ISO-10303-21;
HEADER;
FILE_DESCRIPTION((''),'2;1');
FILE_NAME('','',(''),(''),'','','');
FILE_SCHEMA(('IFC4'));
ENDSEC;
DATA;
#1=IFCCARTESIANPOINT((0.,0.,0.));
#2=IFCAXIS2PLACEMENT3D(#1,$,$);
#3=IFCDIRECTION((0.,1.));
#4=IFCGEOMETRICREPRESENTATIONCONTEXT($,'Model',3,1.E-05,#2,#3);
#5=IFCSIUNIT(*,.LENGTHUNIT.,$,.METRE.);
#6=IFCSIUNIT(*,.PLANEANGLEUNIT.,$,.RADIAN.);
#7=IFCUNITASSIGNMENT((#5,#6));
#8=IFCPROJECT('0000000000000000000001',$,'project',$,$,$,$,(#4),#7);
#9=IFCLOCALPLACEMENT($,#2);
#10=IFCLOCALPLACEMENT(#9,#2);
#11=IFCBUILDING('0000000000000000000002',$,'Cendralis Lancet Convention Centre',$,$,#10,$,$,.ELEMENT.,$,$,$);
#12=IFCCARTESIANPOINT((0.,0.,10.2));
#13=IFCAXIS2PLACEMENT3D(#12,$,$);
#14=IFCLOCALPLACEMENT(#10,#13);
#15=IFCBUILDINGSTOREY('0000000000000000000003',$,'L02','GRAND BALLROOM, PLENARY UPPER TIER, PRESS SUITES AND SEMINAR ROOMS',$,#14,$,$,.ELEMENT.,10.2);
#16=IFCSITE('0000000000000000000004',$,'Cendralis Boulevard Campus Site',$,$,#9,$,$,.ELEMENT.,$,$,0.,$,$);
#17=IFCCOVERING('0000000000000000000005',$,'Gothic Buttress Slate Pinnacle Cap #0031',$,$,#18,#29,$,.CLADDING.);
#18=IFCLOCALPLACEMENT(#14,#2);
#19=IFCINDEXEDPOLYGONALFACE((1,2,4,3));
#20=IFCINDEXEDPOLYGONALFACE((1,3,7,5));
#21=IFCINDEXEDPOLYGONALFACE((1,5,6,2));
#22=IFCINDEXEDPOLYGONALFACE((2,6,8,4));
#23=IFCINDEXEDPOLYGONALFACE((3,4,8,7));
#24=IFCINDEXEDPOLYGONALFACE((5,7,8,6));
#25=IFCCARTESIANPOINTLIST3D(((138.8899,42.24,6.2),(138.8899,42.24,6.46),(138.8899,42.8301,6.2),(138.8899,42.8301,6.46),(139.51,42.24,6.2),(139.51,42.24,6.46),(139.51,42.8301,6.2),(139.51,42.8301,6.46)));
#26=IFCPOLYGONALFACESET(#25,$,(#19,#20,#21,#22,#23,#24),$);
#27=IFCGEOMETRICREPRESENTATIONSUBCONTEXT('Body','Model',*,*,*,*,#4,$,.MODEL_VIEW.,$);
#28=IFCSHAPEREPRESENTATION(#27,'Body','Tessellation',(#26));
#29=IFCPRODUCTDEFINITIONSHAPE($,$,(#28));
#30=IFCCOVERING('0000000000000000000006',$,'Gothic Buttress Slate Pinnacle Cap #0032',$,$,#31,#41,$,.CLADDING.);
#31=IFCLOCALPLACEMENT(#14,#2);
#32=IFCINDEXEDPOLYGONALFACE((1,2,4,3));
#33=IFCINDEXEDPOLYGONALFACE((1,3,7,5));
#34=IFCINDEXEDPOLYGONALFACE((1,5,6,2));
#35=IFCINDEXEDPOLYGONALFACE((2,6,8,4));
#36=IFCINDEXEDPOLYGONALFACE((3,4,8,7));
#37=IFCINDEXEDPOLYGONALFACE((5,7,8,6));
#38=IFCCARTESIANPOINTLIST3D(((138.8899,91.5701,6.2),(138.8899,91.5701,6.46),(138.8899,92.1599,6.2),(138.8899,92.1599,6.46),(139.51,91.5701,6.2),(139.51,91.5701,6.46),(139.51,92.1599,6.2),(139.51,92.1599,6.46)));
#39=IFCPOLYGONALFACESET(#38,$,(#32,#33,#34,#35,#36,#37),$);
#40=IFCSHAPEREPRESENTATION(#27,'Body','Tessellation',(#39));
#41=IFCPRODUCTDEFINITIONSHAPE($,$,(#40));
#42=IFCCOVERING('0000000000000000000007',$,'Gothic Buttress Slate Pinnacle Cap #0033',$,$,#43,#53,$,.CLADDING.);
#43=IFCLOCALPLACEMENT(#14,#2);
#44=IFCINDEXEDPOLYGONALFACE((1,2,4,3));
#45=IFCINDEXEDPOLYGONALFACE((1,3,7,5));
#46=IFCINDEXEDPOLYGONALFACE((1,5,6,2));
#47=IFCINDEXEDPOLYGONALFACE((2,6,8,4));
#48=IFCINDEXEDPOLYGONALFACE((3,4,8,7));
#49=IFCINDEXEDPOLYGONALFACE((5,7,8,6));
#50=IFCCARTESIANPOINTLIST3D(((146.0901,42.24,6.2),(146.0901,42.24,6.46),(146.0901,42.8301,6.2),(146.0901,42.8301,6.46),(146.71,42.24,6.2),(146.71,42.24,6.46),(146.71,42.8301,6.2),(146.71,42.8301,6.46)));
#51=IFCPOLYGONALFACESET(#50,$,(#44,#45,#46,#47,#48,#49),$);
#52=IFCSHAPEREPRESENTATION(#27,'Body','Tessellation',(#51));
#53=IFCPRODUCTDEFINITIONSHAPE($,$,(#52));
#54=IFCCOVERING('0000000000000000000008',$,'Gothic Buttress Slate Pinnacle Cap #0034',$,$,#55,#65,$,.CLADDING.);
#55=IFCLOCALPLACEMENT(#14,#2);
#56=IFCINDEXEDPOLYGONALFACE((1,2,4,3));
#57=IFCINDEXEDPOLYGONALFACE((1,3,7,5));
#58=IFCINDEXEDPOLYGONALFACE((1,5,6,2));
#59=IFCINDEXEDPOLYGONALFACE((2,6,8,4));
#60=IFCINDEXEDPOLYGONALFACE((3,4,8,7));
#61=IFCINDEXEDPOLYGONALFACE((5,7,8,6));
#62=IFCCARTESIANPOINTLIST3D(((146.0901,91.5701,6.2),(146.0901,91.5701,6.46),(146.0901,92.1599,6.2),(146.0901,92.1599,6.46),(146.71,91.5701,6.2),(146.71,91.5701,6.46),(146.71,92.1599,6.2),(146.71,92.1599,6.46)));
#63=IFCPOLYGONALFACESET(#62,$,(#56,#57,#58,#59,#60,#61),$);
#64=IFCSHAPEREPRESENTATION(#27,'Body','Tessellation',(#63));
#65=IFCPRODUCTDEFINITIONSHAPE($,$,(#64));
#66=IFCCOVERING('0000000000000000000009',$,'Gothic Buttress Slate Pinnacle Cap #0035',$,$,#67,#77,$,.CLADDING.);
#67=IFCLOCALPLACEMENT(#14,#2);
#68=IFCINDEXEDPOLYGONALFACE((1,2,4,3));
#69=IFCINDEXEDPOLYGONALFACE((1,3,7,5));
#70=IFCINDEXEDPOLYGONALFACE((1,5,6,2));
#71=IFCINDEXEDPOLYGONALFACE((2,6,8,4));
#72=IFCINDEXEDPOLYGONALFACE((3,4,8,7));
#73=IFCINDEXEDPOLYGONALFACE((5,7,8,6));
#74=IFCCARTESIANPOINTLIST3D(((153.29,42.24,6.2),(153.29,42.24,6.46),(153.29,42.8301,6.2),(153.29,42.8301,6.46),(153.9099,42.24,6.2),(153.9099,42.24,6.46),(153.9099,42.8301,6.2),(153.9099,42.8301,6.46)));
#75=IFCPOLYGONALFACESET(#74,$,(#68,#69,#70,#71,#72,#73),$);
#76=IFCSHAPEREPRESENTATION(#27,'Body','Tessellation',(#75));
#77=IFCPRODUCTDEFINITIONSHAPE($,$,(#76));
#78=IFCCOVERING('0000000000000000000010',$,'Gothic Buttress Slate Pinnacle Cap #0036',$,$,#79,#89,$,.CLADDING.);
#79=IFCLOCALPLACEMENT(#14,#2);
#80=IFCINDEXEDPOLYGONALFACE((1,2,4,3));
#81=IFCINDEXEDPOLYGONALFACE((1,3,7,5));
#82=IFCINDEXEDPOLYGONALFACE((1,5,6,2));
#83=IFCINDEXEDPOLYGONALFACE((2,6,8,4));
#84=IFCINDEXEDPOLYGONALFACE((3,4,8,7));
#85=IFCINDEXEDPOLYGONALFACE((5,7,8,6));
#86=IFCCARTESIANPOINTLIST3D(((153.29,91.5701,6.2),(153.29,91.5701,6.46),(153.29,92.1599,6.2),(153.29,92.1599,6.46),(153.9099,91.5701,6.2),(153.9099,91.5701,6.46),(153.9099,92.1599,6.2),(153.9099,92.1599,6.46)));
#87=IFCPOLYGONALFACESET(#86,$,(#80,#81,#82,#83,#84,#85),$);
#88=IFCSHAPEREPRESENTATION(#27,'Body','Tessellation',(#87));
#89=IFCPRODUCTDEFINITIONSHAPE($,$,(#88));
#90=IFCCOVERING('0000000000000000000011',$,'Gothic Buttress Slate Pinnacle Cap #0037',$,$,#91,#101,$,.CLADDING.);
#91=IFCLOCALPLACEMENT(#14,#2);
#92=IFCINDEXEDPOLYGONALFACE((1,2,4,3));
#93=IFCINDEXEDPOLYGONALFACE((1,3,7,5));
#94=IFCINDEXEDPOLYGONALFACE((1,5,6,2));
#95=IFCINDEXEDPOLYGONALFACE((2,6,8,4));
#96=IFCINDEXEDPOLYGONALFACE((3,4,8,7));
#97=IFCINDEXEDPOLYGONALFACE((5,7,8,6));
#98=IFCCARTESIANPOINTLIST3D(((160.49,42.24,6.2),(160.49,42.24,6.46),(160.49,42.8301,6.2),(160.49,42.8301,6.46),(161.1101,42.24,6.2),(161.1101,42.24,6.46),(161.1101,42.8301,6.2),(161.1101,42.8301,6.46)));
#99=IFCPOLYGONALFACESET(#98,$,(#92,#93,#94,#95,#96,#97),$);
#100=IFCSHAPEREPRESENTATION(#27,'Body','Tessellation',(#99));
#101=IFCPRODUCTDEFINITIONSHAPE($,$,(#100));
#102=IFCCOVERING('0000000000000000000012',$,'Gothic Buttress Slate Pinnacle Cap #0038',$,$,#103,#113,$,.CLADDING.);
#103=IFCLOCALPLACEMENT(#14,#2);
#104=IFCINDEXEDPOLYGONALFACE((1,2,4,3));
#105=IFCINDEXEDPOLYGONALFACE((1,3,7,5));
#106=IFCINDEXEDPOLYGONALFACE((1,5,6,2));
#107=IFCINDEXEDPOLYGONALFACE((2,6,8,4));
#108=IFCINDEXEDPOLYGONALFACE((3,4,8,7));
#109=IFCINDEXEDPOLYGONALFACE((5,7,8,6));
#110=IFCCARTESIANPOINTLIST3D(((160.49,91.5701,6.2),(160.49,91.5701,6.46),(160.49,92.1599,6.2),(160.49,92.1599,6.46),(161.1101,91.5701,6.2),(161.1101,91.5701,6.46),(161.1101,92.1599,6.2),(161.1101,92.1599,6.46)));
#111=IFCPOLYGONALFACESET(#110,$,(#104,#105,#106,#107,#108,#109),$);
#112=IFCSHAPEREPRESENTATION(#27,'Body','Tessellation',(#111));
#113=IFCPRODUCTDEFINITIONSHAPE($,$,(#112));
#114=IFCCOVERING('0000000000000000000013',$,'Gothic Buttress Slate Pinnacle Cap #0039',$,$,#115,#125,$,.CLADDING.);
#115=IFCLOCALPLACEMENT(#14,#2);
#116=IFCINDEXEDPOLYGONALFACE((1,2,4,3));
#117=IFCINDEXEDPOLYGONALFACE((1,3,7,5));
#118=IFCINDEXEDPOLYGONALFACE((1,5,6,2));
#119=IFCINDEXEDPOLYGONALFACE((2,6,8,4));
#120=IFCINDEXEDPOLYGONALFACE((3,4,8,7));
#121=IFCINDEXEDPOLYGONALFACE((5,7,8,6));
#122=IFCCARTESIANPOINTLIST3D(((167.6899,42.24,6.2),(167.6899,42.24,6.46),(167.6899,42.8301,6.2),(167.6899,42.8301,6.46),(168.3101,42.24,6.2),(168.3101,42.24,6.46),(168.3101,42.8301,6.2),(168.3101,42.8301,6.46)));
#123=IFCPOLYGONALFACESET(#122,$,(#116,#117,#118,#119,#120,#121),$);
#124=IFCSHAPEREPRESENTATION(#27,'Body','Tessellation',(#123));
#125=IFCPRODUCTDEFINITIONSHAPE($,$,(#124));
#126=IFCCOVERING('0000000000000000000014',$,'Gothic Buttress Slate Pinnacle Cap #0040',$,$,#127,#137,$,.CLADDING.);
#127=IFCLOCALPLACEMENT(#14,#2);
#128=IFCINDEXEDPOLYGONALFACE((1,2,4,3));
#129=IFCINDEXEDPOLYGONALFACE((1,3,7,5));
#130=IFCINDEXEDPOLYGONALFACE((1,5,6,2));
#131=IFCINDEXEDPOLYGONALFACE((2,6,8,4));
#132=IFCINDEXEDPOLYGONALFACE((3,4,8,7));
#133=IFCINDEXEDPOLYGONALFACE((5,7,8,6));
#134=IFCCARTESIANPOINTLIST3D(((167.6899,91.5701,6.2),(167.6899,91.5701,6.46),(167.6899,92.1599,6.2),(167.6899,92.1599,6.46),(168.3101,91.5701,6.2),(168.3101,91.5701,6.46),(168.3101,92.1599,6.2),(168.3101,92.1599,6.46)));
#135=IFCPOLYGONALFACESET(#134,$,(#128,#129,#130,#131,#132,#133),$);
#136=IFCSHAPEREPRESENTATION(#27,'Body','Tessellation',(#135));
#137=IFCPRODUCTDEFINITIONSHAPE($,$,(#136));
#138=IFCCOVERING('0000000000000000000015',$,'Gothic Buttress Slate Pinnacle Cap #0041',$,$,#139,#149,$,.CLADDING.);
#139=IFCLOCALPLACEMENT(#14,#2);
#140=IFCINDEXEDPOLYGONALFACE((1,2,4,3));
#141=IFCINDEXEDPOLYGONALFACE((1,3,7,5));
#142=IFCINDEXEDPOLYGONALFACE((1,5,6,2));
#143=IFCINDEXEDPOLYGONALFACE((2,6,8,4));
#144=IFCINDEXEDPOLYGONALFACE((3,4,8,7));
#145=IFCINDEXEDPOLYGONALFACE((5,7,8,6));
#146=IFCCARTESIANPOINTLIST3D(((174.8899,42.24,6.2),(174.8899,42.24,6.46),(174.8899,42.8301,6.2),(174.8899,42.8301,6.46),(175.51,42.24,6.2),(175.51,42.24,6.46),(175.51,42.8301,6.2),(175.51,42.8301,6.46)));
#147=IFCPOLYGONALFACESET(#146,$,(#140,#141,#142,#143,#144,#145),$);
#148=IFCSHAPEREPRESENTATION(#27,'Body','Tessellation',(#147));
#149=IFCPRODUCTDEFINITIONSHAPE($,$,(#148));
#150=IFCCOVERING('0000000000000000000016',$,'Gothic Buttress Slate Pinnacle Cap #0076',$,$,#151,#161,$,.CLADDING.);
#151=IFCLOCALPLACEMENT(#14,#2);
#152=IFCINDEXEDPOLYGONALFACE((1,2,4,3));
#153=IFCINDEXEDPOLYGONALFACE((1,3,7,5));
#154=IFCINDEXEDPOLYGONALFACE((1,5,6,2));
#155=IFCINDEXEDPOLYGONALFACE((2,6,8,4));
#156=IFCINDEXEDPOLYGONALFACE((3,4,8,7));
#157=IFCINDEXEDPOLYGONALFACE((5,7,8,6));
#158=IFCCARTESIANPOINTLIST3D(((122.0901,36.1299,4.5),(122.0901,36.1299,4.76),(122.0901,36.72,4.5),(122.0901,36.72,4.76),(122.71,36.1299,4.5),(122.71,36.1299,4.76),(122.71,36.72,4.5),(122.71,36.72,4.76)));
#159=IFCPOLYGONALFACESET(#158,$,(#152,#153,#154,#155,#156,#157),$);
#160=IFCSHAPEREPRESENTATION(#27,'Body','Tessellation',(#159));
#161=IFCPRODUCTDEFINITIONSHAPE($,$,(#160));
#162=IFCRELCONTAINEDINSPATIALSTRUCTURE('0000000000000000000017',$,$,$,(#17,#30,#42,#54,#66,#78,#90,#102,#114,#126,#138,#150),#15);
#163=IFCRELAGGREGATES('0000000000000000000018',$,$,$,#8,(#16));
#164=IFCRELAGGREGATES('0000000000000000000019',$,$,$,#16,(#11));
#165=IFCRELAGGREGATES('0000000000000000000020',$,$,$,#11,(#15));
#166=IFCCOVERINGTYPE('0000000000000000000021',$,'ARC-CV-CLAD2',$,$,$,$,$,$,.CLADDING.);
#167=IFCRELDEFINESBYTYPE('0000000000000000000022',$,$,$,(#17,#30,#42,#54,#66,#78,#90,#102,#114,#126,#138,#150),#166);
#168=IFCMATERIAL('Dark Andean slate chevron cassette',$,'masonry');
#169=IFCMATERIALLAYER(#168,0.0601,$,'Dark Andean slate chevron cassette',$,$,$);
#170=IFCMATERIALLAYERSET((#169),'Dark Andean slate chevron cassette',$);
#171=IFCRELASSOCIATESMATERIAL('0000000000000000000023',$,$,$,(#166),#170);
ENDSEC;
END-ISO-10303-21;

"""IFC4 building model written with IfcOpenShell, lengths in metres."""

from ifc_helpers import new_model, si_unit, direction, frame, origin, place, context, subcontext, project, spatial, polyline, outline, extrude, material, layer, layer_set, type_object, element, save


model = new_model("IFC4")

# Units and contexts
model_context = context("Model", 3, precision=1e-05, world=origin(), true_north=direction((0.0, 1.0)))
body_context = subcontext(model_context, "Body", "Model", "MODEL_VIEW")
ifc_project = project(units=[si_unit("LENGTHUNIT", "METRE"), si_unit("PLANEANGLEUNIT", "RADIAN")], contexts=[model_context])

# Site, building, storey
site_placement = place(None, origin())
site = spatial("IfcSite", under=ifc_project, at=site_placement, Name="Cendralis Boulevard Campus Site", CompositionType="ELEMENT", RefElevation=0.0)
building_placement = place(site_placement, origin())
building = spatial("IfcBuilding", under=site, at=building_placement, Name="Cendralis Lancet Convention Centre", CompositionType="ELEMENT")
storey_placement = place(building_placement, frame((0.0, 0.0, 10.2)))
storey = spatial("IfcBuildingStorey", under=building, at=storey_placement, Name="L02", Description="GRAND BALLROOM, PLENARY UPPER TIER, PRESS SUITES AND SEMINAR ROOMS", CompositionType="ELEMENT", Elevation=10.2)

# Coverings
ifc_material_1 = material(Name="Dark Andean slate chevron cassette", Category="masonry")
ifc_layer_1 = layer(ifc_material_1, 0.0601, Name="Dark Andean slate chevron cassette")
ifc_layer_set_1 = layer_set([ifc_layer_1], Name="Dark Andean slate chevron cassette")
covering_type_1 = type_object("IfcCoveringType", Name="ARC-CV-CLAD2", PredefinedType="CLADDING", material=ifc_layer_set_1)
covering_1_placement = place(storey_placement, frame((0.0, 0.0, 6.2)))
element("IfcCovering", 1, at=covering_1_placement, inside=storey, type_object=covering_type_1, Name="Gothic Buttress Slate Pinnacle Cap #0031", PredefinedType="CLADDING", context=body_context, shape_type="SweptSolid", body=[
    extrude(outline(polyline([(138.8899, 42.24), (139.51, 42.24), (139.51, 42.8301), (138.8899, 42.8301), (138.8899, 42.24)])), origin(), (0.0, 0.0, 1.0), 0.26),
])
covering_2_placement = place(storey_placement, frame((0.0, 0.0, 6.2)))
element("IfcCovering", 2, at=covering_2_placement, inside=storey, type_object=covering_type_1, Name="Gothic Buttress Slate Pinnacle Cap #0032", PredefinedType="CLADDING", context=body_context, shape_type="SweptSolid", body=[
    extrude(outline(polyline([(139.51, 92.1599), (138.8899, 92.1599), (138.8899, 91.5701), (139.51, 91.5701), (139.51, 92.1599)])), origin(), (0.0, 0.0, 1.0), 0.26),
])
covering_3_placement = place(storey_placement, frame((0.0, 0.0, 6.2)))
element("IfcCovering", 3, at=covering_3_placement, inside=storey, type_object=covering_type_1, Name="Gothic Buttress Slate Pinnacle Cap #0033", PredefinedType="CLADDING", context=body_context, shape_type="SweptSolid", body=[
    extrude(outline(polyline([(146.0901, 42.24), (146.71, 42.24), (146.71, 42.8301), (146.0901, 42.8301), (146.0901, 42.24)])), origin(), (0.0, 0.0, 1.0), 0.26),
])
covering_4_placement = place(storey_placement, frame((0.0, 0.0, 6.2)))
element("IfcCovering", 4, at=covering_4_placement, inside=storey, type_object=covering_type_1, Name="Gothic Buttress Slate Pinnacle Cap #0034", PredefinedType="CLADDING", context=body_context, shape_type="SweptSolid", body=[
    extrude(outline(polyline([(146.71, 92.1599), (146.0901, 92.1599), (146.0901, 91.5701), (146.71, 91.5701), (146.71, 92.1599)])), origin(), (0.0, 0.0, 1.0), 0.26),
])
covering_5_placement = place(storey_placement, frame((0.0, 0.0, 6.2)))
element("IfcCovering", 5, at=covering_5_placement, inside=storey, type_object=covering_type_1, Name="Gothic Buttress Slate Pinnacle Cap #0035", PredefinedType="CLADDING", context=body_context, shape_type="SweptSolid", body=[
    extrude(outline(polyline([(153.29, 42.24), (153.9099, 42.24), (153.9099, 42.8301), (153.29, 42.8301), (153.29, 42.24)])), origin(), (0.0, 0.0, 1.0), 0.26),
])
covering_6_placement = place(storey_placement, frame((0.0, 0.0, 6.2)))
element("IfcCovering", 6, at=covering_6_placement, inside=storey, type_object=covering_type_1, Name="Gothic Buttress Slate Pinnacle Cap #0036", PredefinedType="CLADDING", context=body_context, shape_type="SweptSolid", body=[
    extrude(outline(polyline([(153.9099, 92.1599), (153.29, 92.1599), (153.29, 91.5701), (153.9099, 91.5701), (153.9099, 92.1599)])), origin(), (0.0, 0.0, 1.0), 0.26),
])
covering_7_placement = place(storey_placement, frame((0.0, 0.0, 6.2)))
element("IfcCovering", 7, at=covering_7_placement, inside=storey, type_object=covering_type_1, Name="Gothic Buttress Slate Pinnacle Cap #0037", PredefinedType="CLADDING", context=body_context, shape_type="SweptSolid", body=[
    extrude(outline(polyline([(160.49, 42.24), (161.1101, 42.24), (161.1101, 42.8301), (160.49, 42.8301), (160.49, 42.24)])), origin(), (0.0, 0.0, 1.0), 0.26),
])
covering_8_placement = place(storey_placement, frame((0.0, 0.0, 6.2)))
element("IfcCovering", 8, at=covering_8_placement, inside=storey, type_object=covering_type_1, Name="Gothic Buttress Slate Pinnacle Cap #0038", PredefinedType="CLADDING", context=body_context, shape_type="SweptSolid", body=[
    extrude(outline(polyline([(161.1101, 92.1599), (160.49, 92.1599), (160.49, 91.5701), (161.1101, 91.5701), (161.1101, 92.1599)])), origin(), (0.0, 0.0, 1.0), 0.26),
])
covering_9_placement = place(storey_placement, frame((0.0, 0.0, 6.2)))
element("IfcCovering", 9, at=covering_9_placement, inside=storey, type_object=covering_type_1, Name="Gothic Buttress Slate Pinnacle Cap #0039", PredefinedType="CLADDING", context=body_context, shape_type="SweptSolid", body=[
    extrude(outline(polyline([(167.6899, 42.24), (168.3101, 42.24), (168.3101, 42.8301), (167.6899, 42.8301), (167.6899, 42.24)])), origin(), (0.0, 0.0, 1.0), 0.26),
])
covering_10_placement = place(storey_placement, frame((0.0, 0.0, 6.2)))
element("IfcCovering", 10, at=covering_10_placement, inside=storey, type_object=covering_type_1, Name="Gothic Buttress Slate Pinnacle Cap #0040", PredefinedType="CLADDING", context=body_context, shape_type="SweptSolid", body=[
    extrude(outline(polyline([(168.3101, 92.1599), (167.6899, 92.1599), (167.6899, 91.5701), (168.3101, 91.5701), (168.3101, 92.1599)])), origin(), (0.0, 0.0, 1.0), 0.26),
])
covering_11_placement = place(storey_placement, frame((0.0, 0.0, 6.2)))
element("IfcCovering", 11, at=covering_11_placement, inside=storey, type_object=covering_type_1, Name="Gothic Buttress Slate Pinnacle Cap #0041", PredefinedType="CLADDING", context=body_context, shape_type="SweptSolid", body=[
    extrude(outline(polyline([(174.8899, 42.24), (175.51, 42.24), (175.51, 42.8301), (174.8899, 42.8301), (174.8899, 42.24)])), origin(), (0.0, 0.0, 1.0), 0.26),
])
covering_12_placement = place(storey_placement, frame((0.0, 0.0, 4.5)))
element("IfcCovering", 12, at=covering_12_placement, inside=storey, type_object=covering_type_1, Name="Gothic Buttress Slate Pinnacle Cap #0076", PredefinedType="CLADDING", context=body_context, shape_type="SweptSolid", body=[
    extrude(outline(polyline([(122.71, 36.72), (122.0901, 36.72), (122.0901, 36.1299), (122.71, 36.1299), (122.71, 36.72)])), origin(), (0.0, 0.0, 1.0), 0.26),
])

save(model, "model.ifc")
